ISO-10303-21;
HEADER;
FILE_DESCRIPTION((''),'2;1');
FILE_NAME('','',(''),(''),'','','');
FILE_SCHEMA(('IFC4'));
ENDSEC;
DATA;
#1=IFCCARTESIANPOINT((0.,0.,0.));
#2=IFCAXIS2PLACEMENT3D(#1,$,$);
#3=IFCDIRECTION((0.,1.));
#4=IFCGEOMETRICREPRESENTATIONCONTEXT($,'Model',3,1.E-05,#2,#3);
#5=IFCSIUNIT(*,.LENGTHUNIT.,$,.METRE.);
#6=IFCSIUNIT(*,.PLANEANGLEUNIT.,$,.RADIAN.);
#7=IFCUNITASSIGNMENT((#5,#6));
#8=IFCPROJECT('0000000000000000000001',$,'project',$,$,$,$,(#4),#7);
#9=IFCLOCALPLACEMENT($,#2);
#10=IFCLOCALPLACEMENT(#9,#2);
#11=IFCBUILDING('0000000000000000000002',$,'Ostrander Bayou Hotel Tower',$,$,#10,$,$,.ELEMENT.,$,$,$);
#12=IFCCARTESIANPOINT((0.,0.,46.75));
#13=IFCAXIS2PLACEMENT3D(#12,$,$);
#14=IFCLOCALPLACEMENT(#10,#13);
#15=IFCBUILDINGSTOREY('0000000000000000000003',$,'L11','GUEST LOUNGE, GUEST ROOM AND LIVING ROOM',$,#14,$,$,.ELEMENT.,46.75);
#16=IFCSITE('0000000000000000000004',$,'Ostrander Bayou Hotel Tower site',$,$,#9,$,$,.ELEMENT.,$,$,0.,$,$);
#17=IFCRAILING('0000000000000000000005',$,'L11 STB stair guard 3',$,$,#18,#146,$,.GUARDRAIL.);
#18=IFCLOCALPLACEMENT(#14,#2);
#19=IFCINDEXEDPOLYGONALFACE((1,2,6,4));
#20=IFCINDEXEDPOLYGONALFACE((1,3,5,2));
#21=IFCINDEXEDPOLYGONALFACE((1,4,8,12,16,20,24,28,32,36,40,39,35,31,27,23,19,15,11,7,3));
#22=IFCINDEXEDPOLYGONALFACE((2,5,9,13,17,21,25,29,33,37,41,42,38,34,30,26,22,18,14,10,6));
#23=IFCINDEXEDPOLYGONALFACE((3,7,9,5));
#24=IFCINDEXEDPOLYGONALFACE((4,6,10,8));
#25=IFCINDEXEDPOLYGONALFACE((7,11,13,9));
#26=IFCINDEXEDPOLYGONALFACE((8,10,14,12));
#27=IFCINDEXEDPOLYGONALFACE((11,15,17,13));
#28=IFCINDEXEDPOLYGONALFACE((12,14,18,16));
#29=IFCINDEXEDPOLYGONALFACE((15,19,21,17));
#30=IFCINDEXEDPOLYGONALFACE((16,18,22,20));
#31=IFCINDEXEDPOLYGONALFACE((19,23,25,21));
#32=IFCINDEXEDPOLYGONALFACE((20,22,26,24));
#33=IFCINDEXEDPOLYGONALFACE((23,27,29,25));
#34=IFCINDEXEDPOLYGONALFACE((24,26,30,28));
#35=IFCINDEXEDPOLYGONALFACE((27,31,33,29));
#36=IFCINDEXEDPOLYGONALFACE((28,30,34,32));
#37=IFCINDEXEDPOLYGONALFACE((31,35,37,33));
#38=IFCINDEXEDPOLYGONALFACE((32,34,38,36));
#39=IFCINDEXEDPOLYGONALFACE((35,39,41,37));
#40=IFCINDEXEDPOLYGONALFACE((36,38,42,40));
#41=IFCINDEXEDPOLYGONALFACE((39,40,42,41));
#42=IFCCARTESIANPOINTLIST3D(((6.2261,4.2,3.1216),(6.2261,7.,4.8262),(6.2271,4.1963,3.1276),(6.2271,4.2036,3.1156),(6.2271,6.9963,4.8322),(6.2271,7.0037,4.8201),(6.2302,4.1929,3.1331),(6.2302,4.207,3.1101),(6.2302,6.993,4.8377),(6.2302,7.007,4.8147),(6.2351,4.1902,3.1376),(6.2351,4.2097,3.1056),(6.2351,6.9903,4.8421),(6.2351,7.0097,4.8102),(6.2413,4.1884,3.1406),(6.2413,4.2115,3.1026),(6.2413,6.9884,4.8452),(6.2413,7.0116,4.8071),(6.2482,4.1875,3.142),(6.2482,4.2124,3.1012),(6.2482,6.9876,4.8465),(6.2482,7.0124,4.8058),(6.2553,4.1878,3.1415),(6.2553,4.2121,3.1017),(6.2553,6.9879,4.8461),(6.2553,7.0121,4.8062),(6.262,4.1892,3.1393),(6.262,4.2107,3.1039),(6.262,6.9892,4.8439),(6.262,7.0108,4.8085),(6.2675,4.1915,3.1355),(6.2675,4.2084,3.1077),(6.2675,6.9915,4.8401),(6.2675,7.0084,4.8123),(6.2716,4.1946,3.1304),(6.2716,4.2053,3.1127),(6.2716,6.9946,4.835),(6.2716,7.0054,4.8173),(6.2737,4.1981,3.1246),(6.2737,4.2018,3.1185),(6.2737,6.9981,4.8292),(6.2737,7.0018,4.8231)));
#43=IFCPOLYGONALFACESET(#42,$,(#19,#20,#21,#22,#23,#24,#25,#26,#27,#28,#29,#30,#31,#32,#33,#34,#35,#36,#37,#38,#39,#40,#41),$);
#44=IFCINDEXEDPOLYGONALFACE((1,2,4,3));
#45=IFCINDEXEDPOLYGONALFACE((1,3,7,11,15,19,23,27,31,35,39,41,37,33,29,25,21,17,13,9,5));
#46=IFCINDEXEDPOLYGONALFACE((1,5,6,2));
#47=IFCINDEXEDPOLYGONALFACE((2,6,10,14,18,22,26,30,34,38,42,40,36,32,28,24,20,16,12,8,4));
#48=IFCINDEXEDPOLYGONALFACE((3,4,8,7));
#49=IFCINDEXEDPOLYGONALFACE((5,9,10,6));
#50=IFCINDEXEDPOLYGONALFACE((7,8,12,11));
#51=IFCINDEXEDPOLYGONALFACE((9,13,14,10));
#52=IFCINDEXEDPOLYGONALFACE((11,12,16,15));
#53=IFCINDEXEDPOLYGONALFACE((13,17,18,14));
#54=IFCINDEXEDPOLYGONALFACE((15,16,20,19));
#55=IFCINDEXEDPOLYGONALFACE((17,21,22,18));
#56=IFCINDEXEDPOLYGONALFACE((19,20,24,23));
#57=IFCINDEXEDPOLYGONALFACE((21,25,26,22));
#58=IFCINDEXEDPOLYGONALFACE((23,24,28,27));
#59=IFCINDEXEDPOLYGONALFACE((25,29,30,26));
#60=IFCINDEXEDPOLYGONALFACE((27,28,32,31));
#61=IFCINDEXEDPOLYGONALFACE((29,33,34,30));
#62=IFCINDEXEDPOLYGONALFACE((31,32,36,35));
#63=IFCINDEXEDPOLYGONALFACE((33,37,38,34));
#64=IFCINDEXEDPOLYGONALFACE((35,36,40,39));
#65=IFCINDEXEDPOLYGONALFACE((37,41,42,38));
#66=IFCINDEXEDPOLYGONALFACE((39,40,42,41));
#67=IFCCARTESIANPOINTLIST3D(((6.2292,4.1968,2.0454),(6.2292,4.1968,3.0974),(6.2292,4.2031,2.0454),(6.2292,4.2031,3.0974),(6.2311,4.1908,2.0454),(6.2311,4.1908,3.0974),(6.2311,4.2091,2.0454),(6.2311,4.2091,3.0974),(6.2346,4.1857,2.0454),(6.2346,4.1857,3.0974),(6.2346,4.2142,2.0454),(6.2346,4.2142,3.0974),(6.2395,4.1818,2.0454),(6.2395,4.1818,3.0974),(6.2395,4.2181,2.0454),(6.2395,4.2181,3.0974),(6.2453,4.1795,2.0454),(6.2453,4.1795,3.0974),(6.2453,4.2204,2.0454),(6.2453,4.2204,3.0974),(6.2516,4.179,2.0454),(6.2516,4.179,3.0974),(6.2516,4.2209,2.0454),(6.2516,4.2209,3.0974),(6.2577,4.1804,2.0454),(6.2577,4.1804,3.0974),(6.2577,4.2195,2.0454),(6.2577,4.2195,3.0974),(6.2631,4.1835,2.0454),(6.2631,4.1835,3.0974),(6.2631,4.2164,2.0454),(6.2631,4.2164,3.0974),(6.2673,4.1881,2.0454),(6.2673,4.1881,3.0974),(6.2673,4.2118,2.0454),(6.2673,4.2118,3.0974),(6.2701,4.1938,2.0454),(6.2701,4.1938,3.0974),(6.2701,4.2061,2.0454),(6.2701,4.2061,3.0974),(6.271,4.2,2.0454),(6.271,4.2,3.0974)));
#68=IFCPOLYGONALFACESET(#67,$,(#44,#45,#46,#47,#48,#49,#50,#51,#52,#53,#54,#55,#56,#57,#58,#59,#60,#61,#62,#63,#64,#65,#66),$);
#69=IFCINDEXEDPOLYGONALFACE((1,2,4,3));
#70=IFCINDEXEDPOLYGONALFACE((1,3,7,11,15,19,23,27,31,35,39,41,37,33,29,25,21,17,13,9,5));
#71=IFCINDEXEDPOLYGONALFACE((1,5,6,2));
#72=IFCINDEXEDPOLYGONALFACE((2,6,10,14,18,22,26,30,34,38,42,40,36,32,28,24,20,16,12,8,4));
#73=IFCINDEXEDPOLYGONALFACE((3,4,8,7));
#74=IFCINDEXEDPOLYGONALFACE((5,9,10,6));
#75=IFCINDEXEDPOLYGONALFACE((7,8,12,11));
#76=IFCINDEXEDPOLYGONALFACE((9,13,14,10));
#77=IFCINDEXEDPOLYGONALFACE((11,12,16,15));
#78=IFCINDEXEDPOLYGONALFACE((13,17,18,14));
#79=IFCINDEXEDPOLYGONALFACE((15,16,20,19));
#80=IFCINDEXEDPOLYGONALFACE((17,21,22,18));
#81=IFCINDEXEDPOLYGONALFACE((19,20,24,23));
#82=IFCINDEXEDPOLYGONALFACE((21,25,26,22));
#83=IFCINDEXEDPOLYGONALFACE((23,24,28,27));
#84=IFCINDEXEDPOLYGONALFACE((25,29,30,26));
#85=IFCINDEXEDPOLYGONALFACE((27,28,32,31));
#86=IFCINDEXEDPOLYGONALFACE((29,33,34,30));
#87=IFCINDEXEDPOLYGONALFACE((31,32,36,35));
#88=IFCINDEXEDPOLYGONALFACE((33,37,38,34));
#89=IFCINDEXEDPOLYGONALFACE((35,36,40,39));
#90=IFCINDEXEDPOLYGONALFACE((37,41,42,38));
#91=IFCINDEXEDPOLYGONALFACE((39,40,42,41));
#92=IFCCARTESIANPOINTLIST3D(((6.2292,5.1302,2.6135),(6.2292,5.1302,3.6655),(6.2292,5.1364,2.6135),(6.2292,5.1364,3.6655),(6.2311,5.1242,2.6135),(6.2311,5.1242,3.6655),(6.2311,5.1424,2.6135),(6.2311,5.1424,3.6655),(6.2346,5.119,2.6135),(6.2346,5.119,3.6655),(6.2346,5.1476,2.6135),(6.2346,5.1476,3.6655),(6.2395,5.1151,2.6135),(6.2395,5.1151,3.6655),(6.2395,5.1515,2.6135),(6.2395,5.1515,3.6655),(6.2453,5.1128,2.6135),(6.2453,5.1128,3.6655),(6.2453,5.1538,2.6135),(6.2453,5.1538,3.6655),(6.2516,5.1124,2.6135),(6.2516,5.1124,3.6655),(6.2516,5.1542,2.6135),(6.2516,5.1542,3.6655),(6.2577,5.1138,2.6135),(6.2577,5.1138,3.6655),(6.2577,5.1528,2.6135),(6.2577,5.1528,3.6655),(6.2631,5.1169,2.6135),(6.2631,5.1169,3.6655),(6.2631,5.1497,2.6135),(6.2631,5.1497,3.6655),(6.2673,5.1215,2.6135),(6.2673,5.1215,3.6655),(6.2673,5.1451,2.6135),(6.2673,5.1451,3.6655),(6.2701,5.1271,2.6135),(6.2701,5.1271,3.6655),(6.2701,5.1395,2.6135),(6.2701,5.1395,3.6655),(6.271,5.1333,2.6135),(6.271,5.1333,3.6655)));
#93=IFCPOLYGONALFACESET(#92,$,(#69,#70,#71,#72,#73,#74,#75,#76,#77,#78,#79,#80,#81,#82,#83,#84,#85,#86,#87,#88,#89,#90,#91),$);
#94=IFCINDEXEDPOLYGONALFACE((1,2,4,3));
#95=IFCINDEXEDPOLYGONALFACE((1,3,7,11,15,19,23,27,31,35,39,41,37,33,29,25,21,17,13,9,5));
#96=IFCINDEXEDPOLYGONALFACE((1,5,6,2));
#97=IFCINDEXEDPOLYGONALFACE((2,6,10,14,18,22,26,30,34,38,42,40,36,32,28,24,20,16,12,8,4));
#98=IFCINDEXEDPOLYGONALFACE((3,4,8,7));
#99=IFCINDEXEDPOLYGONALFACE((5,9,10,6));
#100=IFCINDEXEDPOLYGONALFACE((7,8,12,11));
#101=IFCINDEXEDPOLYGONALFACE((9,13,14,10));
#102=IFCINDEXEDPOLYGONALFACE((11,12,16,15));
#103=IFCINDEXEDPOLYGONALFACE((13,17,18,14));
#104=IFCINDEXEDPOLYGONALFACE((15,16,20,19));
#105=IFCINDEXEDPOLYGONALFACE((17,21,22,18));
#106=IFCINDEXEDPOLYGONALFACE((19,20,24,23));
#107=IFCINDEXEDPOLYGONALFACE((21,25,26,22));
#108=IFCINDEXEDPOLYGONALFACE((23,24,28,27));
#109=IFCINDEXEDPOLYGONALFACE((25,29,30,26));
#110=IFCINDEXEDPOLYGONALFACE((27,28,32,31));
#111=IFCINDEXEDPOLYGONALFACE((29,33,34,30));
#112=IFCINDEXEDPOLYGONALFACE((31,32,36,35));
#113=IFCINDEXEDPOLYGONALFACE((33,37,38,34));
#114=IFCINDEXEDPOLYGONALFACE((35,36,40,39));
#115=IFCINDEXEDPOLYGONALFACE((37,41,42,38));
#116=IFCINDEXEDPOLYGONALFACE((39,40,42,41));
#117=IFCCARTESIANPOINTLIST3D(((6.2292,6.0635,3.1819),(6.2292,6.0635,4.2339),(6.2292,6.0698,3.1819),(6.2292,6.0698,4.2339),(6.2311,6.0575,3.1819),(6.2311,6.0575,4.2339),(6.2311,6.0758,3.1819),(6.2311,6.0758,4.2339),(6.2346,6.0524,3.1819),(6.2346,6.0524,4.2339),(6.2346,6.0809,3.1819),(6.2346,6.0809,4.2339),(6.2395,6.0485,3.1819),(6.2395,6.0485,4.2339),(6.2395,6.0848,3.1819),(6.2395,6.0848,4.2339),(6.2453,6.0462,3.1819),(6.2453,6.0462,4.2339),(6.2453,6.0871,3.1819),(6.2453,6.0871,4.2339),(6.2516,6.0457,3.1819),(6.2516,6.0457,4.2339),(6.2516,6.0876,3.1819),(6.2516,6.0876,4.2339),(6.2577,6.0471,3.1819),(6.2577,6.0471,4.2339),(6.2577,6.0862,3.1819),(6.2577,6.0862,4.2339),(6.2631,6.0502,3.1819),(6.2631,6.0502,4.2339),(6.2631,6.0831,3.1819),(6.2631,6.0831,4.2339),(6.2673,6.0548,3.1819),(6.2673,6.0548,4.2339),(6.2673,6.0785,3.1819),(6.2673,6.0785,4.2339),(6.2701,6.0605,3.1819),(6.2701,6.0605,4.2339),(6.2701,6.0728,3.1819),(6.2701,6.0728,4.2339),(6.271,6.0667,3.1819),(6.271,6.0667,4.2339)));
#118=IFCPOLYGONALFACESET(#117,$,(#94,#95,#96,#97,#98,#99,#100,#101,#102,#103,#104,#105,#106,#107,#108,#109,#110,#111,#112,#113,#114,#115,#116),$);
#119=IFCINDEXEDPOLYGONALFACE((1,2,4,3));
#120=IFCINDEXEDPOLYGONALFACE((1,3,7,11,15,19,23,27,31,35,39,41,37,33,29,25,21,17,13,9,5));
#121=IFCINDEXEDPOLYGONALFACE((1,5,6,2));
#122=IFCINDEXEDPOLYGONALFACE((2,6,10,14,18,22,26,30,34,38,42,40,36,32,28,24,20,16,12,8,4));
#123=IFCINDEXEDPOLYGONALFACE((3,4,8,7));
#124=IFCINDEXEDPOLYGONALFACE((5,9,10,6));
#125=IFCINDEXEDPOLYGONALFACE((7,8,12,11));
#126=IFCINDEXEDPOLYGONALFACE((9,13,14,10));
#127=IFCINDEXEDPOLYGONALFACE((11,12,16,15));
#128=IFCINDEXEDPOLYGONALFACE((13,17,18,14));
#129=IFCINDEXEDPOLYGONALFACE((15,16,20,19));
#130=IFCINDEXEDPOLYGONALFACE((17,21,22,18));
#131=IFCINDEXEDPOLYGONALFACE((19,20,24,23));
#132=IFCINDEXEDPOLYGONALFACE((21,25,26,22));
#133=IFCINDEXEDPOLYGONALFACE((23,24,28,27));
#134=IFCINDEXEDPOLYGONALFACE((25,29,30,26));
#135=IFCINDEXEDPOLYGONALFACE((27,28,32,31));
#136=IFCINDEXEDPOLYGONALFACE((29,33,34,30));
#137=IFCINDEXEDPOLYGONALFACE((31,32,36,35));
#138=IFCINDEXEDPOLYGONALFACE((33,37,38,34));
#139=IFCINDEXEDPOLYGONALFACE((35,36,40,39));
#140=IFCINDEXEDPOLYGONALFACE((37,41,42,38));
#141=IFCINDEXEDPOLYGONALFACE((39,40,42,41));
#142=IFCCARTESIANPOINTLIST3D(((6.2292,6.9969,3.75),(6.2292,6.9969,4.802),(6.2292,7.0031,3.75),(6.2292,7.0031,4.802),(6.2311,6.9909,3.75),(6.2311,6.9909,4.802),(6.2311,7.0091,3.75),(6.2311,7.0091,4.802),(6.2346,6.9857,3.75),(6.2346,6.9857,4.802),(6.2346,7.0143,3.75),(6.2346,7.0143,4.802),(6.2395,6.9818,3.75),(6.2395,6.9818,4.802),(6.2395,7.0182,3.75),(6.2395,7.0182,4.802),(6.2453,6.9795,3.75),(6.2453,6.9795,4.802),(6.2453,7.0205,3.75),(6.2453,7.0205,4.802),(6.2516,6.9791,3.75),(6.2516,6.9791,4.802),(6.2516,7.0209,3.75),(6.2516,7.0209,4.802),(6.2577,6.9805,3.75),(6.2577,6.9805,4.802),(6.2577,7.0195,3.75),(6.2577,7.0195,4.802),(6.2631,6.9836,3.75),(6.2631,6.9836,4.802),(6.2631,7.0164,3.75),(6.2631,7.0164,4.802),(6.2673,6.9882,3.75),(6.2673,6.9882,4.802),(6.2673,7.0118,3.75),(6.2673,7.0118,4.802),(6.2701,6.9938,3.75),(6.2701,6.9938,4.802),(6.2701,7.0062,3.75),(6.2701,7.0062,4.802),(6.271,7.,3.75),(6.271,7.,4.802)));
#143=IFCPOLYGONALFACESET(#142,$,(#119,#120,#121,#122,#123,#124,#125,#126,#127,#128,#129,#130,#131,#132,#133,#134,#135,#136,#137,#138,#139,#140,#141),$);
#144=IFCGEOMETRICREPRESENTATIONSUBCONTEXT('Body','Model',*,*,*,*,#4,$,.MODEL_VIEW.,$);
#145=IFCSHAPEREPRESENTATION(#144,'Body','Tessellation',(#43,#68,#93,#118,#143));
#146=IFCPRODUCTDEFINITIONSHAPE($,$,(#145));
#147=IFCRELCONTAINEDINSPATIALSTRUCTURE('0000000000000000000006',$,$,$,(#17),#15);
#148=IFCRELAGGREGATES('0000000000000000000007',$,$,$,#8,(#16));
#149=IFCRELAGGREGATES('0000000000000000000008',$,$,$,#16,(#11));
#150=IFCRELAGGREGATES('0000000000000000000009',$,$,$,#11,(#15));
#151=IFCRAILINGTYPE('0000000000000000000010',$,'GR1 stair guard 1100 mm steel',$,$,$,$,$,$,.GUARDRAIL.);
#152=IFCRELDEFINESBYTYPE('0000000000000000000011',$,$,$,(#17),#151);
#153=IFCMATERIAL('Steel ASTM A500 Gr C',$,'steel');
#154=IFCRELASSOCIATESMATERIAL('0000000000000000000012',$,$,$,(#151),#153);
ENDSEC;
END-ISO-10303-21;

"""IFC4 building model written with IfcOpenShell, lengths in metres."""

from ifc_helpers import new_model, si_unit, direction, frame, origin, origin_2d, place, context, subcontext, project, spatial, circle, extrude, material, type_object, element, save


model = new_model("IFC4")

# Units and contexts
model_context = context("Model", 3, precision=1e-05, world=origin(), true_north=direction((0.0, 1.0)))
body_context = subcontext(model_context, "Body", "Model", "MODEL_VIEW")
ifc_project = project(units=[si_unit("LENGTHUNIT", "METRE"), si_unit("PLANEANGLEUNIT", "RADIAN")], contexts=[model_context])

# Site, building, storey
site_placement = place(None, origin())
site = spatial("IfcSite", under=ifc_project, at=site_placement, Name="Ostrander Bayou Hotel Tower site", CompositionType="ELEMENT", RefElevation=0.0)
building_placement = place(site_placement, origin())
building = spatial("IfcBuilding", under=site, at=building_placement, Name="Ostrander Bayou Hotel Tower", CompositionType="ELEMENT")
storey_placement = place(building_placement, frame((0.0, 0.0, 46.75)))
storey = spatial("IfcBuildingStorey", under=building, at=storey_placement, Name="L11", Description="GUEST LOUNGE, GUEST ROOM AND LIVING ROOM", CompositionType="ELEMENT", Elevation=46.75)

# Railing
ifc_material_1 = material(Name="Steel ASTM A500 Gr C", Category="steel")
railing_type_1 = type_object("IfcRailingType", Name="GR1 stair guard 1100 mm steel", PredefinedType="GUARDRAIL", material=ifc_material_1)
railing_1_placement = place(storey_placement, frame((6.25, 4.2, 2.0454)))
element("IfcRailing", 1, at=railing_1_placement, inside=storey, type_object=railing_type_1, Name="L11 STB stair guard 3", PredefinedType="GUARDRAIL", context=body_context, shape_type="SweptSolid", body=[
    extrude(circle(Radius=0.0239, at=origin_2d()), frame((0.0, 0.0, 1.0762), z_axis=(0.0, 0.85417, 0.519994), x_axis=(-1.0, 0.0, 0.0)), (0.0, 0.0, 1.0), 3.2781),
    extrude(circle(Radius=0.021, at=origin_2d()), origin(), (0.0, 0.0, 1.0), 1.052),
    extrude(circle(Radius=0.021, at=origin_2d()), frame((0.0, 0.9333, 0.5681)), (0.0, 0.0, 1.0), 1.052),
    extrude(circle(Radius=0.021, at=origin_2d()), frame((0.0, 1.8667, 1.1365)), (0.0, 0.0, 1.0), 1.052),
    extrude(circle(Radius=0.021, at=origin_2d()), frame((0.0, 2.8, 1.7046)), (0.0, 0.0, 1.0), 1.052),
])

save(model, "model.ifc")
